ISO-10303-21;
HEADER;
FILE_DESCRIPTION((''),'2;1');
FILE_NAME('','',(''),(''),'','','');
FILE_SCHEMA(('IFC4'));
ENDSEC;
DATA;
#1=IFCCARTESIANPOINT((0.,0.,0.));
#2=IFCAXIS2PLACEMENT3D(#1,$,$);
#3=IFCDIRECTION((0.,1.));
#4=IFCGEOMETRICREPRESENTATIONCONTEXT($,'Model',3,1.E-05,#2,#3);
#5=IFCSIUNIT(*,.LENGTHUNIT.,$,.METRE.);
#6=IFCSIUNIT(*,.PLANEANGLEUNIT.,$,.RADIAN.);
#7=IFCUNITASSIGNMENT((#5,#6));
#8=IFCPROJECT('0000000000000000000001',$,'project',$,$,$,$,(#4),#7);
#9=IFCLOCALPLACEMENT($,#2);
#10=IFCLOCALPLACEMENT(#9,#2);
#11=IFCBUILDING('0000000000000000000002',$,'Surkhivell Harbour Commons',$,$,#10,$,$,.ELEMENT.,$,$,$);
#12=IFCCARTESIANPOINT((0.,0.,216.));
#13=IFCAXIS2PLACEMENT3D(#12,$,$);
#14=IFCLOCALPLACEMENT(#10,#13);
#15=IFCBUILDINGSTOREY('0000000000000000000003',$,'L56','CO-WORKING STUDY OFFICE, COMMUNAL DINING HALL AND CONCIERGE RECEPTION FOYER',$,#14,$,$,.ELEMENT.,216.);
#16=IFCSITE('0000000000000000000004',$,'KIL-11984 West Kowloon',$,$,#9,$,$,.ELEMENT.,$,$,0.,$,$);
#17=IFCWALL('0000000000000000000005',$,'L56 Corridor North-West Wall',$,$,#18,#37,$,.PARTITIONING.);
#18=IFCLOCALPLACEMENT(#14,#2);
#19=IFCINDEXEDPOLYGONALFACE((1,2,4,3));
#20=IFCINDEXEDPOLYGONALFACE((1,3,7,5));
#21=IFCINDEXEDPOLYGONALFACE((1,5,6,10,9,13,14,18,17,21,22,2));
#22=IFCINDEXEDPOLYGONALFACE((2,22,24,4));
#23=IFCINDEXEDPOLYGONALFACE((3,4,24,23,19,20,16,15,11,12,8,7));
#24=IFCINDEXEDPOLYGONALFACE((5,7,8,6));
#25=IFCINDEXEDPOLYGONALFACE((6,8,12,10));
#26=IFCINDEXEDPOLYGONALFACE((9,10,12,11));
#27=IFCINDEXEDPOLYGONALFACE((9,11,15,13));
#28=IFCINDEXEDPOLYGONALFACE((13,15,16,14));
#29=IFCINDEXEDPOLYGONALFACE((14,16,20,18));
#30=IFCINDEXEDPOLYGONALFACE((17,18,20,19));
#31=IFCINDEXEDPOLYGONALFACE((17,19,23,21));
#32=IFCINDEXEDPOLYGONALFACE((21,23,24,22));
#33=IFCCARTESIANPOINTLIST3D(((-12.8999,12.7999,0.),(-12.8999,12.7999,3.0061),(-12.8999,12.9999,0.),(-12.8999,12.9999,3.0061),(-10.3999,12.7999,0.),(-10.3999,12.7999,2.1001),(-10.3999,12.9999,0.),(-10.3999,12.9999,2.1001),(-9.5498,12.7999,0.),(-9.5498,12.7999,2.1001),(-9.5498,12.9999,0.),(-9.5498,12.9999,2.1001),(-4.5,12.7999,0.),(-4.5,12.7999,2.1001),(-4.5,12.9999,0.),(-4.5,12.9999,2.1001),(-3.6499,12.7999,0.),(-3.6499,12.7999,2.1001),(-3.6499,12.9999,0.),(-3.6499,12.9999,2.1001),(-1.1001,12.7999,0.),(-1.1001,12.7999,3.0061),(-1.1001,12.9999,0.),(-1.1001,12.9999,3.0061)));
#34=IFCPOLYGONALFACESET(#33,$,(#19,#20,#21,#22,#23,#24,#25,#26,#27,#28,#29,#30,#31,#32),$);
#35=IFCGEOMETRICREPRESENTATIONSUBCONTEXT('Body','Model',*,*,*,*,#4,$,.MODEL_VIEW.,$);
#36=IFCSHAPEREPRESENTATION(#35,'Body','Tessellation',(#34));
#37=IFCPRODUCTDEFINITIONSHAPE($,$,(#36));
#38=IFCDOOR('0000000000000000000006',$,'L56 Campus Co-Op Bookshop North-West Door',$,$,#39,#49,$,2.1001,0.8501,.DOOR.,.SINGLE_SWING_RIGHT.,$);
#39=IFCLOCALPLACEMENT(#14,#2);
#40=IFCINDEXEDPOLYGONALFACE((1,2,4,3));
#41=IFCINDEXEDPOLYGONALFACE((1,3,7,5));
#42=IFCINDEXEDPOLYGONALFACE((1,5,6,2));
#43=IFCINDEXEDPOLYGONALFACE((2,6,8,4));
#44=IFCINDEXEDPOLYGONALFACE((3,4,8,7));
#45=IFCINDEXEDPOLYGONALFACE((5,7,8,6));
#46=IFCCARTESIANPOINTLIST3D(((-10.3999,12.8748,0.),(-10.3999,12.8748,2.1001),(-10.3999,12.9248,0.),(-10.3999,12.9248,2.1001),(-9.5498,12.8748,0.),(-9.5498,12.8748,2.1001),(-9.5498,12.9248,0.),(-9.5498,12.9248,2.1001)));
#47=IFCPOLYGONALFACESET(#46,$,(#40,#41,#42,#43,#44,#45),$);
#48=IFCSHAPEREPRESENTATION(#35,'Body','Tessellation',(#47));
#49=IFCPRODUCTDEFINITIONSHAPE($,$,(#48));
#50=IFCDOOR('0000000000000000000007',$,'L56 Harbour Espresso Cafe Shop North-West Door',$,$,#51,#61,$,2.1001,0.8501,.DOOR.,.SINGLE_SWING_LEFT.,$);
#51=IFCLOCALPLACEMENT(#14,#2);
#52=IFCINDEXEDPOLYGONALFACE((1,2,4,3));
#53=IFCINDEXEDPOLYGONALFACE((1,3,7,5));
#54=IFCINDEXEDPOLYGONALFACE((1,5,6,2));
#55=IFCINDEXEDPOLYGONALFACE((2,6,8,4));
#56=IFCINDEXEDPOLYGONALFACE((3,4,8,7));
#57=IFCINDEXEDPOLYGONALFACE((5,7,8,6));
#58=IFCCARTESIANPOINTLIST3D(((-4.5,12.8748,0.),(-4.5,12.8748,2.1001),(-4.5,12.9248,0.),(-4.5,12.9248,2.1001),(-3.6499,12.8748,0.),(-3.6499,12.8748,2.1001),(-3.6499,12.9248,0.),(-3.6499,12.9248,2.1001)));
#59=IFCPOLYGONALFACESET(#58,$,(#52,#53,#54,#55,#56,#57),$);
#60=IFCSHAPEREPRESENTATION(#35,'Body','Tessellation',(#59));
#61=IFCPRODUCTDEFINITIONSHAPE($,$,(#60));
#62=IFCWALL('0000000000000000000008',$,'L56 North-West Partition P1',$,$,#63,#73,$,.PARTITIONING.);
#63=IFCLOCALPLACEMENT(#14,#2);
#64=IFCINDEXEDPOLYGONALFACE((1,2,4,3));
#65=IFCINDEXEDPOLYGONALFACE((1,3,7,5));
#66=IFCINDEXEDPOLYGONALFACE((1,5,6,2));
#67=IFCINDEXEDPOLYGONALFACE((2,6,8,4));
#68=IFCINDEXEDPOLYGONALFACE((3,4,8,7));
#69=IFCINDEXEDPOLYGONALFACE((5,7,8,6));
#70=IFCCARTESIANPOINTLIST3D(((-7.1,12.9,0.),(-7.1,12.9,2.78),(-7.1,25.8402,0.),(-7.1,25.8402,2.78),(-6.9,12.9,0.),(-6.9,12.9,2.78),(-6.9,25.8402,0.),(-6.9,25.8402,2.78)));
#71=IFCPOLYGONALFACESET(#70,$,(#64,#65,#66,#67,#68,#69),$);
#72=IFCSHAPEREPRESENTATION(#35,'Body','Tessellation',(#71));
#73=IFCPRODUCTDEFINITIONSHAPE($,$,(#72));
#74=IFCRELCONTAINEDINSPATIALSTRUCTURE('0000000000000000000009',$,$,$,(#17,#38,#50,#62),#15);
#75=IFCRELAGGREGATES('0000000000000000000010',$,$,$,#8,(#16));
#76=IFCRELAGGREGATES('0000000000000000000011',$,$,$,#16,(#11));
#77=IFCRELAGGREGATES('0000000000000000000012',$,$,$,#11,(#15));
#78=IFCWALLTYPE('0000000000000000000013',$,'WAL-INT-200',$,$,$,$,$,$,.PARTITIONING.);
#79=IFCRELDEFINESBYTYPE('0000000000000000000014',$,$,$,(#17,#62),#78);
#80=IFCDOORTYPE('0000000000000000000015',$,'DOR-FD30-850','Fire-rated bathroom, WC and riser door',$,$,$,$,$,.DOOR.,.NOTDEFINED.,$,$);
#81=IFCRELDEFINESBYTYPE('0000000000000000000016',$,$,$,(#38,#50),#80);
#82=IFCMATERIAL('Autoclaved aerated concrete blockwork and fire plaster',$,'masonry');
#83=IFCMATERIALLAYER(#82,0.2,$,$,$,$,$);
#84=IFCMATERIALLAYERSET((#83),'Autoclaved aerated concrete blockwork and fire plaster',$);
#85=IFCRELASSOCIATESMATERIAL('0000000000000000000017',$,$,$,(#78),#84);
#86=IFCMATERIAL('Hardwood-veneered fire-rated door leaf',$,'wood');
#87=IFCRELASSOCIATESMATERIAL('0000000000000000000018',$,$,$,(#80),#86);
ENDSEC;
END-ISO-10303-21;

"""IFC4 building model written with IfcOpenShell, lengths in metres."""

from ifc_helpers import new_model, si_unit, direction, frame, frame_2d, origin, place, context, subcontext, project, spatial, rectangle, extrude, material, layer, layer_set, type_object, element, fill, save


model = new_model("IFC4")

# Units and contexts
model_context = context("Model", 3, precision=1e-05, world=origin(), true_north=direction((0.0, 1.0)))
body_context = subcontext(model_context, "Body", "Model", "MODEL_VIEW")
ifc_project = project(units=[si_unit("LENGTHUNIT", "METRE"), si_unit("PLANEANGLEUNIT", "RADIAN")], contexts=[model_context])

# Site, building, storey
site_placement = place(None, origin())
site = spatial("IfcSite", under=ifc_project, at=site_placement, Name="KIL-11984 West Kowloon", CompositionType="ELEMENT", RefElevation=0.0)
building_placement = place(site_placement, origin())
building = spatial("IfcBuilding", under=site, at=building_placement, Name="Surkhivell Harbour Commons", CompositionType="ELEMENT")
storey_placement = place(building_placement, frame((0.0, 0.0, 216.0)))
storey = spatial("IfcBuildingStorey", under=building, at=storey_placement, Name="L56", Description="CO-WORKING STUDY OFFICE, COMMUNAL DINING HALL AND CONCIERGE RECEPTION FOYER", CompositionType="ELEMENT", Elevation=216.0)

# Shared definitions
ifc_material_1 = material(Name="Hardwood-veneered fire-rated door leaf", Category="wood")

# Shared definitions
ifc_material_2 = material(Name="Autoclaved aerated concrete blockwork and fire plaster", Category="masonry")
ifc_layer_1 = layer(ifc_material_2, 0.2)
ifc_layer_set_1 = layer_set([ifc_layer_1], Name="Autoclaved aerated concrete blockwork and fire plaster")
wall_type_1 = type_object("IfcWallType", Name="WAL-INT-200", PredefinedType="PARTITIONING", material=ifc_layer_set_1)

# Wall, openings, doors
wall_1_placement = place(storey_placement, frame((-12.8999, 12.8999, 0.0), z_axis=(0.0, 0.0, 1.0), x_axis=(1.0, 0.0, 0.0)))
wall_1 = element("IfcWall", 1, at=wall_1_placement, inside=storey, type_object=wall_type_1, Name="L56 Corridor North-West Wall", PredefinedType="PARTITIONING", context=body_context, shape_type="SweptSolid", body=[
    extrude(rectangle(XDim=11.7998, YDim=0.2, at=frame_2d((5.8999, 0.0))), origin(), (0.0, 0.0, 1.0), 3.0061),
])
opening_1_placement = place(wall_1_placement, frame((2.5, 0.0, 0.0)))
opening_1 = element("IfcOpeningElement", 2, at=opening_1_placement, cuts=wall_1, PredefinedType="OPENING", context=body_context, shape_type="SweptSolid", body=[
    extrude(rectangle(XDim=0.8501, YDim=2.1001, at=frame_2d((0.425, 1.05))), frame((0.0, 0.1099, 0.0), z_axis=(0.0, -1.0, 0.0), x_axis=(1.0, 0.0, 0.0)), (0.0, 0.0, 1.0), 0.22),
])
opening_2_placement = place(wall_1_placement, frame((8.3999, 0.0, 0.0)))
opening_2 = element("IfcOpeningElement", 3, at=opening_2_placement, cuts=wall_1, PredefinedType="OPENING", context=body_context, shape_type="SweptSolid", body=[
    extrude(rectangle(XDim=0.8501, YDim=2.1001, at=frame_2d((0.425, 1.05))), frame((0.0, 0.1099, 0.0), z_axis=(0.0, -1.0, 0.0), x_axis=(1.0, 0.0, 0.0)), (0.0, 0.0, 1.0), 0.22),
])
door_type_1 = type_object("IfcDoorType", Name="DOR-FD30-850", Description="Fire-rated bathroom, WC and riser door", OperationType="NOTDEFINED", PredefinedType="DOOR", material=ifc_material_1)
door_1_placement = place(opening_1_placement, origin())
door_1 = element("IfcDoor", 4, at=door_1_placement, inside=storey, type_object=door_type_1, Name="L56 Campus Co-Op Bookshop North-West Door", OperationType="SINGLE_SWING_RIGHT", OverallHeight=2.1001, OverallWidth=0.8501, PredefinedType="DOOR", context=body_context, shape_type="SweptSolid", body=[
    extrude(rectangle(XDim=0.8501, YDim=2.1001, at=frame_2d((0.425, 1.05))), frame((0.0, 0.0249, 0.0), z_axis=(0.0, -1.0, 0.0), x_axis=(1.0, 0.0, 0.0)), (0.0, 0.0, 1.0), 0.05),
])
fill(opening_1, door_1)
door_2_placement = place(opening_2_placement, origin())
door_2 = element("IfcDoor", 5, at=door_2_placement, inside=storey, type_object=door_type_1, Name="L56 Harbour Espresso Cafe Shop North-West Door", OperationType="SINGLE_SWING_LEFT", OverallHeight=2.1001, OverallWidth=0.8501, PredefinedType="DOOR", context=body_context, shape_type="SweptSolid", body=[
    extrude(rectangle(XDim=0.8501, YDim=2.1001, at=frame_2d((0.425, 1.05))), frame((0.0, 0.0249, 0.0), z_axis=(0.0, -1.0, 0.0), x_axis=(1.0, 0.0, 0.0)), (0.0, 0.0, 1.0), 0.05),
])
fill(opening_2, door_2)

# Wall
wall_2_placement = place(storey_placement, frame((-7.0, 12.8999, 0.0), z_axis=(0.0, 0.0, 1.0), x_axis=(0.0, 1.0, 0.0)))
element("IfcWall", 6, at=wall_2_placement, inside=storey, type_object=wall_type_1, Name="L56 North-West Partition P1", PredefinedType="PARTITIONING", context=body_context, shape_type="SweptSolid", body=[
    extrude(rectangle(XDim=12.9402, YDim=0.2, at=frame_2d((6.4702, 0.0))), origin(), (0.0, 0.0, 1.0), 2.78),
])

save(model, "model.ifc")
